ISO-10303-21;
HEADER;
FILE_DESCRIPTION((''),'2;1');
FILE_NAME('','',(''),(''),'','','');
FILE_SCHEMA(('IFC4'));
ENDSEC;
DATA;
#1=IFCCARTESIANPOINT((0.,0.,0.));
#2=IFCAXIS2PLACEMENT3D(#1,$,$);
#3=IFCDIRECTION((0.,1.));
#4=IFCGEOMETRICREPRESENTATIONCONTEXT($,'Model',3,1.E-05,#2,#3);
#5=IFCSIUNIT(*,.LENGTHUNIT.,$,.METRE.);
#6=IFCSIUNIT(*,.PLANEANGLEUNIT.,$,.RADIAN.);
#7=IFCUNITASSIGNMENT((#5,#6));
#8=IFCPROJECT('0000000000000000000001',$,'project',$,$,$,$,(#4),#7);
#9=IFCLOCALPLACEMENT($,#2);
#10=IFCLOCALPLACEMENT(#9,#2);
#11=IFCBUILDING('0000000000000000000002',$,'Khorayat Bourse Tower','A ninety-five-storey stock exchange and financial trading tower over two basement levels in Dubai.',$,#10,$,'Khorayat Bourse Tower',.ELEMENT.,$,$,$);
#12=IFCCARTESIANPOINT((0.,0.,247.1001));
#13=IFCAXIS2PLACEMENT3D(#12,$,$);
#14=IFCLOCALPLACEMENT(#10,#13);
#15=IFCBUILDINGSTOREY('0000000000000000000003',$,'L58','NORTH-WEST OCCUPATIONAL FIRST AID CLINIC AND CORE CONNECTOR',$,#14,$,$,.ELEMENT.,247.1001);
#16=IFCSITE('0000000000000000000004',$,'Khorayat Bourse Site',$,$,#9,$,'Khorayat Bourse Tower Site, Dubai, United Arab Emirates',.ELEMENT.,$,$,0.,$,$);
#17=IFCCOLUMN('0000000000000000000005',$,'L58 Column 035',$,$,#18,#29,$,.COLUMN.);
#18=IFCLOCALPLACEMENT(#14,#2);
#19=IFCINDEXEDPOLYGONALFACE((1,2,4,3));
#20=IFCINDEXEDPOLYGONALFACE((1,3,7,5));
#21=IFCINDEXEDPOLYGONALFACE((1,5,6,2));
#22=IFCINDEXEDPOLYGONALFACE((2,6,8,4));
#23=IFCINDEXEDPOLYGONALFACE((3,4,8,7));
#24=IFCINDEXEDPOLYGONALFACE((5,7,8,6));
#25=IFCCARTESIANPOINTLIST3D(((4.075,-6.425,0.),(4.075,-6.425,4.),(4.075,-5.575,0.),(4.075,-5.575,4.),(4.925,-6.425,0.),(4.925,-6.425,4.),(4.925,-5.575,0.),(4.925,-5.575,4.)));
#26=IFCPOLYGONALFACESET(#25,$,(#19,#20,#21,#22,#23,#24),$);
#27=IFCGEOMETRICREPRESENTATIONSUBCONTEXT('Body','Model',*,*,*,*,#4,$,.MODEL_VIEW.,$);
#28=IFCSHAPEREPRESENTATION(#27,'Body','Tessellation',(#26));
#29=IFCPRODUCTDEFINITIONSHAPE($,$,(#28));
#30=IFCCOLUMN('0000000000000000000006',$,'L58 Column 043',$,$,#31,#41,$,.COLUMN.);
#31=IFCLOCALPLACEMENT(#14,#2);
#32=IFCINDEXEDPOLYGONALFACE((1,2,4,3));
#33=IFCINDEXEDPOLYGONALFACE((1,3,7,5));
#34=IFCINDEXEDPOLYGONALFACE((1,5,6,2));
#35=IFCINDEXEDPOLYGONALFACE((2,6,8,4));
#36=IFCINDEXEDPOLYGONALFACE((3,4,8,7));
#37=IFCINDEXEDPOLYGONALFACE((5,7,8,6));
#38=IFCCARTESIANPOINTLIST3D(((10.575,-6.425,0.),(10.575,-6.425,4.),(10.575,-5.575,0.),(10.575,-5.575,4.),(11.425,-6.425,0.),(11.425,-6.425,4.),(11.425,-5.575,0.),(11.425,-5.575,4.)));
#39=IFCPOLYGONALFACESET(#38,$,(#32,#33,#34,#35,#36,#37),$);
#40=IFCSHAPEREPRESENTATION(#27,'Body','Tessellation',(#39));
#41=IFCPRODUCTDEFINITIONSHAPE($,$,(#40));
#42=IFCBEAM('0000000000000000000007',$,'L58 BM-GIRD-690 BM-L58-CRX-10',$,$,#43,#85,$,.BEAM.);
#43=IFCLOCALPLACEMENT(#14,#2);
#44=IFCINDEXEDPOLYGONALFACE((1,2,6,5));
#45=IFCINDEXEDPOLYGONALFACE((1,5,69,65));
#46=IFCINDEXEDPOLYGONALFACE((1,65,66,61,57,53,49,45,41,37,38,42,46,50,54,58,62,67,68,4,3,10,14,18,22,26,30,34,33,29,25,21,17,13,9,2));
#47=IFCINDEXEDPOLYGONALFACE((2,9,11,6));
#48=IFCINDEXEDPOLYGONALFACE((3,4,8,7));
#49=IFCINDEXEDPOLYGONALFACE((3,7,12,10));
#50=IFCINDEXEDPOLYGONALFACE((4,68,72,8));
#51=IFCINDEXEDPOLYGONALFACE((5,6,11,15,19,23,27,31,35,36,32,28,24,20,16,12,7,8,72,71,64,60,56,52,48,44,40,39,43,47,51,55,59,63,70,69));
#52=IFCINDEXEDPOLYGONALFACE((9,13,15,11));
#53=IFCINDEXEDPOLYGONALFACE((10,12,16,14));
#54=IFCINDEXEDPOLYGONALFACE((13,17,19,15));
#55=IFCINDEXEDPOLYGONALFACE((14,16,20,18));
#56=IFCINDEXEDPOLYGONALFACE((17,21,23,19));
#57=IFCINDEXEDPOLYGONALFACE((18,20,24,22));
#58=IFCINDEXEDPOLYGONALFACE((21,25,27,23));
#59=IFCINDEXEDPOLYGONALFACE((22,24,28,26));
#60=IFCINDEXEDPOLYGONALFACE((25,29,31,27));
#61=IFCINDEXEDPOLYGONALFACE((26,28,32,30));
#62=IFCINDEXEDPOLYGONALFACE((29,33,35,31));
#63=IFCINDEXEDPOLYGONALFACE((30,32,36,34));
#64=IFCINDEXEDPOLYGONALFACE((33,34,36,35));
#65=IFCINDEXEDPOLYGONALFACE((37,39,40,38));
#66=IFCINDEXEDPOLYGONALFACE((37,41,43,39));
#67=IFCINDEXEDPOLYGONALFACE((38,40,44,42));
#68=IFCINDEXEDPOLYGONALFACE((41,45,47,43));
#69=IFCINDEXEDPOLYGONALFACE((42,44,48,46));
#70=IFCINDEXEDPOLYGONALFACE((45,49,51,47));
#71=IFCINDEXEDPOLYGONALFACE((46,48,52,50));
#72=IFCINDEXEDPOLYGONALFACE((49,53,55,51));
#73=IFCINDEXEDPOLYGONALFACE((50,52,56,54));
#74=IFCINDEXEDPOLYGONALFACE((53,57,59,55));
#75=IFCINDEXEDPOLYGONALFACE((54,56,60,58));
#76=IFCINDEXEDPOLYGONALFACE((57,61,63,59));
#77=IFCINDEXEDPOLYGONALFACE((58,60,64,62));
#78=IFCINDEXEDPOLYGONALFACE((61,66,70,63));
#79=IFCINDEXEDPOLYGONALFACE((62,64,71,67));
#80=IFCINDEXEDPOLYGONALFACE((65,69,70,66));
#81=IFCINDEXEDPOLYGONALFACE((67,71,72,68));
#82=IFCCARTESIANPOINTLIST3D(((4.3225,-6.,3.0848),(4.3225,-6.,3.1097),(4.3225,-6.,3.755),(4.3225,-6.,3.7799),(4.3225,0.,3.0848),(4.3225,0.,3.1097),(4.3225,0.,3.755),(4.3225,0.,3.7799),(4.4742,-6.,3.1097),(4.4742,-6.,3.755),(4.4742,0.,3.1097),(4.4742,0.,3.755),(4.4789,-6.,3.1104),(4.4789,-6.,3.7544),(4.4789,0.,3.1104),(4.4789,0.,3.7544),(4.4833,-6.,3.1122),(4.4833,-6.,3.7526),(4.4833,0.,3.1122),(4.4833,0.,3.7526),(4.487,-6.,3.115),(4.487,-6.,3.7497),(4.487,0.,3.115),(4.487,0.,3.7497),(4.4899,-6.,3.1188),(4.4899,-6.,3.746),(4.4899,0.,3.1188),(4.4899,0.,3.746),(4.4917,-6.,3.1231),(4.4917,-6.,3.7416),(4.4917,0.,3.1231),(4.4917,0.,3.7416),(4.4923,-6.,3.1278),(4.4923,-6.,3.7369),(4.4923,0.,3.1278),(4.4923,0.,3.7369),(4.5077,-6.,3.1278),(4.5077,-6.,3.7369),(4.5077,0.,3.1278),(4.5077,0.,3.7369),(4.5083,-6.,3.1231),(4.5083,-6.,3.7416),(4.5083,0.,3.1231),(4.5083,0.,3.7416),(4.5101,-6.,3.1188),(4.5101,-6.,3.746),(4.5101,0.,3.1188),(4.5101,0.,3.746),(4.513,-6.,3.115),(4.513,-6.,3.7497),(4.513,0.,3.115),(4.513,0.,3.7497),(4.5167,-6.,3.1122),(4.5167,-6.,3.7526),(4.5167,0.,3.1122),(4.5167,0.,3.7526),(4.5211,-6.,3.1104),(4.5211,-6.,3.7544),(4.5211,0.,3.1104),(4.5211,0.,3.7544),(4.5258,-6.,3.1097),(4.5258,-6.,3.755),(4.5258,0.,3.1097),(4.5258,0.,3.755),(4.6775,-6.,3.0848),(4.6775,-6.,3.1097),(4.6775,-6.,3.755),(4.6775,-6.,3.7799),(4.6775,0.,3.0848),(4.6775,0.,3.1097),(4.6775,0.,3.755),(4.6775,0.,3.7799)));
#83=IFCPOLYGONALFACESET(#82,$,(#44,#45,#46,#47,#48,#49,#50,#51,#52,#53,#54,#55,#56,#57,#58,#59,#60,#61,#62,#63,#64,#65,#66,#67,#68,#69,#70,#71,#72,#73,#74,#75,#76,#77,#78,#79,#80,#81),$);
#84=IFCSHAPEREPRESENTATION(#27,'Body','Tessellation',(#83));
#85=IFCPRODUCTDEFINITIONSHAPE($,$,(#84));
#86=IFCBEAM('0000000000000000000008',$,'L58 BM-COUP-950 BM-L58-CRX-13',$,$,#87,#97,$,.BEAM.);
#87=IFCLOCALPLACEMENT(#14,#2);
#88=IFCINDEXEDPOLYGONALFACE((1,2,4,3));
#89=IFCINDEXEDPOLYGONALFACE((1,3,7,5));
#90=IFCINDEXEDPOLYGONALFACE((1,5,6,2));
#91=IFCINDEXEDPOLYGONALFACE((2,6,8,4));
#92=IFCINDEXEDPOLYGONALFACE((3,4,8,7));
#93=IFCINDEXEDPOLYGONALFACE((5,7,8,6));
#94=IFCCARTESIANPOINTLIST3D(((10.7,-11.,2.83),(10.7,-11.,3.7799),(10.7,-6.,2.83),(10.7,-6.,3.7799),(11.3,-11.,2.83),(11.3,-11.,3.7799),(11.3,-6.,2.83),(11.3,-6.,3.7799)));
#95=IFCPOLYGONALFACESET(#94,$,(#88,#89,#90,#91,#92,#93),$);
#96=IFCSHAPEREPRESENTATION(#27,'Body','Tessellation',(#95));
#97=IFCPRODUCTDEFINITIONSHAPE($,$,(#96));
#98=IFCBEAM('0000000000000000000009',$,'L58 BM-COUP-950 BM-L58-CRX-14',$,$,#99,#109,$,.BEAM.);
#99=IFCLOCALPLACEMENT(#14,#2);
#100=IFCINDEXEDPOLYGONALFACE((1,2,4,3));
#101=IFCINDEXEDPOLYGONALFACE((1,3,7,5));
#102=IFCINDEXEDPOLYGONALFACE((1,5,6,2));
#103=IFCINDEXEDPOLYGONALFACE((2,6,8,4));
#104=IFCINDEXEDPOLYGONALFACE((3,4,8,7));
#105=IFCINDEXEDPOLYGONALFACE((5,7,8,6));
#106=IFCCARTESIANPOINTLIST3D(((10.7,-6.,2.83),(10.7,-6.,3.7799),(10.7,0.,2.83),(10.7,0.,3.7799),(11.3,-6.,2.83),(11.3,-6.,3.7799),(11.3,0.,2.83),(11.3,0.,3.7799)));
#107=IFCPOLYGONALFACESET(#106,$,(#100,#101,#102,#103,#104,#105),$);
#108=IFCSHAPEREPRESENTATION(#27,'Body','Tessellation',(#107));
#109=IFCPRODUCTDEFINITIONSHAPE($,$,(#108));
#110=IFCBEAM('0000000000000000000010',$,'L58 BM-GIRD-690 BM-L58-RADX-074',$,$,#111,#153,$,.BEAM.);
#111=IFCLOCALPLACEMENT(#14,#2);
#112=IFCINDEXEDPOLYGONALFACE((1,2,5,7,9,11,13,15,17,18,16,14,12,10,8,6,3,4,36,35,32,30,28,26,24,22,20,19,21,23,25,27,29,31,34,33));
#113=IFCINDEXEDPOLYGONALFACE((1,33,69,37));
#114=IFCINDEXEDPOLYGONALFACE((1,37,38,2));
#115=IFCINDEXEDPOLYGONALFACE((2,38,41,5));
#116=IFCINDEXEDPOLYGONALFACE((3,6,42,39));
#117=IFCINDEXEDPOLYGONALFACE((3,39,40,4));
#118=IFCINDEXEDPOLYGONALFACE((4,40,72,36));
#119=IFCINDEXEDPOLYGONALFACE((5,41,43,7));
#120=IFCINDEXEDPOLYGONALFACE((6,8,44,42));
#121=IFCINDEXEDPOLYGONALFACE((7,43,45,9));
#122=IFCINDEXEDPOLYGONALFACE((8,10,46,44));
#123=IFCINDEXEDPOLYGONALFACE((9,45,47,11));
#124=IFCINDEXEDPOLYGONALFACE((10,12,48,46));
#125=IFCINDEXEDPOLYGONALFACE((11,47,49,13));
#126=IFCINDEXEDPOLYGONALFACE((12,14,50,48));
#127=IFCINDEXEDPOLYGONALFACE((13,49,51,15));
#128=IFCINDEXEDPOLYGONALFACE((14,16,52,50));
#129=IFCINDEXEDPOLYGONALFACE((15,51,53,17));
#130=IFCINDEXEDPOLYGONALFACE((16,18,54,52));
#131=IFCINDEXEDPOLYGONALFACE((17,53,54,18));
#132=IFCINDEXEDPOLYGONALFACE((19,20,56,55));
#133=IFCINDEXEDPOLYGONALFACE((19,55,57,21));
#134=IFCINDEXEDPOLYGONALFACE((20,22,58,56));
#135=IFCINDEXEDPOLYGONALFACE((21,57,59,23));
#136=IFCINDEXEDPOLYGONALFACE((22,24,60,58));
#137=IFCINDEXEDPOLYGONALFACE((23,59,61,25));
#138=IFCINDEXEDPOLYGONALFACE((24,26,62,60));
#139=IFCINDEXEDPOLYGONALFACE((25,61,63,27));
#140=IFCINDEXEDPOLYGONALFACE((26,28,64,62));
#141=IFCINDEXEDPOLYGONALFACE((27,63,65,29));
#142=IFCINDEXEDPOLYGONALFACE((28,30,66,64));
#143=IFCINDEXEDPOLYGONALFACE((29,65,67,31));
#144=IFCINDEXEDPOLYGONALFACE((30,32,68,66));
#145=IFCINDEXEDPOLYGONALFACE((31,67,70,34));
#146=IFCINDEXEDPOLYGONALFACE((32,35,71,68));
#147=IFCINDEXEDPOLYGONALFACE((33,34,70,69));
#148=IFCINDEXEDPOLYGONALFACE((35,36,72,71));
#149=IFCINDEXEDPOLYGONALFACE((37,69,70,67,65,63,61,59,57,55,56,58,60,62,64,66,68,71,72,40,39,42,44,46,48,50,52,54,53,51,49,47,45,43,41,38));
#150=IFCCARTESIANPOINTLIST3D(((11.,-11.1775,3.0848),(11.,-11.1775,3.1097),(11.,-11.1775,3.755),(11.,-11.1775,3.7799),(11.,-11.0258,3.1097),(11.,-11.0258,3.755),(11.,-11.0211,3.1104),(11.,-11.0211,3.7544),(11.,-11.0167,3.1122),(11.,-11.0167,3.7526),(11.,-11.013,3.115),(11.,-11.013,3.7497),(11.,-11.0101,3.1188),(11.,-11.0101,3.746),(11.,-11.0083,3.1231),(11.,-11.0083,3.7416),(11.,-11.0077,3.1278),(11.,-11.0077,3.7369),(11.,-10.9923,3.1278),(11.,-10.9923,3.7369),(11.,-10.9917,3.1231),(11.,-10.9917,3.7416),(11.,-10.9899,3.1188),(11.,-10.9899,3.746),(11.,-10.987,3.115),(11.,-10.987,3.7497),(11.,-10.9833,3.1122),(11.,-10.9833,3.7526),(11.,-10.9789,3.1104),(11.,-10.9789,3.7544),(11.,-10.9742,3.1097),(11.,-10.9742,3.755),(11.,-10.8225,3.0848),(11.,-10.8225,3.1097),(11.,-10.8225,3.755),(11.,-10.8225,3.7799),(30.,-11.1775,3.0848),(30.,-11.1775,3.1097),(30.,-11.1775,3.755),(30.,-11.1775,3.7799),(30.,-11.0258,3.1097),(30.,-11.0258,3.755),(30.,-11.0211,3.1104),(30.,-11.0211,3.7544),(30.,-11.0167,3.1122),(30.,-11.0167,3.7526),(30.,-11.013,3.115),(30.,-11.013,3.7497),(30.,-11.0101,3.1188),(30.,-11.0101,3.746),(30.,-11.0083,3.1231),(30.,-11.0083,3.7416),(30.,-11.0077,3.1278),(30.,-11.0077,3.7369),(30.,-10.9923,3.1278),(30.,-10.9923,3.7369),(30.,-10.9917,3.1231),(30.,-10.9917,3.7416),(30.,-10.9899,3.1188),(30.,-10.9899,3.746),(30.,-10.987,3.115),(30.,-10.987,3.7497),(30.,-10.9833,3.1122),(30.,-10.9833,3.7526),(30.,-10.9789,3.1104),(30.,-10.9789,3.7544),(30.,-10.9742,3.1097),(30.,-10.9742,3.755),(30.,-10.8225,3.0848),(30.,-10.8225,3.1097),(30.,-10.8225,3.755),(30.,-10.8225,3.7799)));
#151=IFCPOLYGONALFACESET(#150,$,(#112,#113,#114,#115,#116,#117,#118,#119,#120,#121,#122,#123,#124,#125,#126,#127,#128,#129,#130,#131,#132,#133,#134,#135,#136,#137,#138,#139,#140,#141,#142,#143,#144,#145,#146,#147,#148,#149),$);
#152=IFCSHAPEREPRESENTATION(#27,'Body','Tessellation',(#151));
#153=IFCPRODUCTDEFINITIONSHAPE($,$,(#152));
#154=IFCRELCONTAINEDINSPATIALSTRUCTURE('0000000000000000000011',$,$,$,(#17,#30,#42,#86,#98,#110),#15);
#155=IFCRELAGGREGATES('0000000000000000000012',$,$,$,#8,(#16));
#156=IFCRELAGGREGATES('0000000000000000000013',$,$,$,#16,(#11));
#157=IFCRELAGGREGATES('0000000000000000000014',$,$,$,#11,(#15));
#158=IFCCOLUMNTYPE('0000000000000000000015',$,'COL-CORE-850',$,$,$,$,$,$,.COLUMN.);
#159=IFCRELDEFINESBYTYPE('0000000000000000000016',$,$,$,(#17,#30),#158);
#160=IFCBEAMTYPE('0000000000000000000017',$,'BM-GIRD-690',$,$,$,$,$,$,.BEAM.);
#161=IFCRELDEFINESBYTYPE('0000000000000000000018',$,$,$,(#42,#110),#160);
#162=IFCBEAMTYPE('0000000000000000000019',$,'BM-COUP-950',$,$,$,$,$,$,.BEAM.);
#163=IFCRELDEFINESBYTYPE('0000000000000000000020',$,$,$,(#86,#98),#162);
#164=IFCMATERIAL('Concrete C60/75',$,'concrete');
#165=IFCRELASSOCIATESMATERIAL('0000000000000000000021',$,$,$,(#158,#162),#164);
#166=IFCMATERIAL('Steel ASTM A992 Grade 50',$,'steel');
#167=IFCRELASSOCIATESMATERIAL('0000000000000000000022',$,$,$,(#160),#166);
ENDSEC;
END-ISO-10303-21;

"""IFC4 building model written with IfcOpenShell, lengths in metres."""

from ifc_helpers import new_model, si_unit, direction, frame, origin, origin_2d, place, context, subcontext, project, spatial, rectangle, i_section, extrude, source, transform, mapped, material, material_profile, profile_set, type_object, element, save


model = new_model("IFC4")

# Units and contexts
model_context = context("Model", 3, precision=1e-05, world=origin(), true_north=direction((0.0, 1.0)))
body_context = subcontext(model_context, "Body", "Model", "MODEL_VIEW")
ifc_project = project(units=[si_unit("LENGTHUNIT", "METRE"), si_unit("PLANEANGLEUNIT", "RADIAN")], contexts=[model_context])

# Site, building, storey
site_placement = place(None, origin())
site = spatial("IfcSite", under=ifc_project, at=site_placement, Name="Khorayat Bourse Site", LongName="Khorayat Bourse Tower Site, Dubai, United Arab Emirates", CompositionType="ELEMENT", RefElevation=0.0)
building_placement = place(site_placement, origin())
building = spatial("IfcBuilding", under=site, at=building_placement, Name="Khorayat Bourse Tower", Description="A ninety-five-storey stock exchange and financial trading tower over two basement levels in Dubai.", LongName="Khorayat Bourse Tower", CompositionType="ELEMENT")
storey_placement = place(building_placement, frame((0.0, 0.0, 247.1001)))
storey = spatial("IfcBuildingStorey", under=building, at=storey_placement, Name="L58", Description="NORTH-WEST OCCUPATIONAL FIRST AID CLINIC AND CORE CONNECTOR", CompositionType="ELEMENT", Elevation=247.1001)

# Columns
ifc_material_1 = material(Name="Concrete C60/75", Category="concrete")
ifc_material_profile_1 = material_profile(ifc_material_1, rectangle(XDim=0.8501, YDim=0.8501, at=origin_2d()), Name="RC 850x850")
ifc_profile_set_1 = profile_set([ifc_material_profile_1], Name="Concrete C60/75")
column_type = type_object("IfcColumnType", Name="COL-CORE-850", PredefinedType="COLUMN", material=ifc_profile_set_1)
shared_shape_1 = source(origin(), body_context, "Body", "SweptSolid", [
    extrude(rectangle(XDim=0.8501, YDim=0.8501, at=origin_2d()), origin(), (0.0, 0.0, 1.0), 4.0),
])
for number, where, z_axis, x_axis, name in (
    (1, (4.5, -6.0, 0.0), (0.0, 0.0, 1.0), (1.0, 0.0, 0.0), "L58 Column 035"),
    (2, (11.0, -6.0, 0.0), (0.0, 0.0, 1.0), (1.0, 0.0, 0.0), "L58 Column 043"),
):
    element("IfcColumn", number, at=place(storey_placement, frame(where, z_axis=z_axis, x_axis=x_axis)), inside=storey, type_object=column_type, Name=name, PredefinedType="COLUMN", context=body_context, shape_type="MappedRepresentation", body=[
        mapped(shared_shape_1, transform((0.0, 0.0, 0.0), scale=1.0)),
    ])

# Beams
ifc_material_2 = material(Name="Steel ASTM A992 Grade 50", Category="steel")
ifc_material_profile_2 = material_profile(ifc_material_2, i_section(OverallWidth=0.355, OverallDepth=0.6951, WebThickness=0.0154, FlangeThickness=0.0249, FilletRadius=0.0181, at=origin_2d()), Name="W690X217")
ifc_profile_set_2 = profile_set([ifc_material_profile_2], Name="Steel ASTM A992 Grade 50")
beam_type_1 = type_object("IfcBeamType", Name="BM-GIRD-690", PredefinedType="BEAM", material=ifc_profile_set_2)
shared_shape_2 = source(origin(), body_context, "Body", "SweptSolid", [
    extrude(i_section(OverallWidth=0.355, OverallDepth=0.6951, WebThickness=0.0154, FlangeThickness=0.0249, FilletRadius=0.0181, at=origin_2d()), origin(), (0.0, 0.0, 1.0), 6.0),
])
beam_1_placement = place(storey_placement, frame((4.5, -6.0, 3.4324), z_axis=(0.0, 1.0, 0.0), x_axis=(-1.0, 0.0, 0.0)))
element("IfcBeam", 3, at=beam_1_placement, inside=storey, type_object=beam_type_1, Name="L58 BM-GIRD-690 BM-L58-CRX-10", PredefinedType="BEAM", context=body_context, shape_type="MappedRepresentation", body=[
    mapped(shared_shape_2, transform((0.0, 0.0, 0.0), scale=1.0)),
])
ifc_material_profile_3 = material_profile(ifc_material_1, rectangle(XDim=0.6001, YDim=0.95, at=origin_2d()), Name="RC 600x950")
ifc_profile_set_3 = profile_set([ifc_material_profile_3], Name="Concrete C60/75")
beam_type_2 = type_object("IfcBeamType", Name="BM-COUP-950", PredefinedType="BEAM", material=ifc_profile_set_3)
shared_shape_3 = source(origin(), body_context, "Body", "SweptSolid", [
    extrude(rectangle(XDim=0.6001, YDim=0.95, at=origin_2d()), origin(), (0.0, 0.0, 1.0), 5.0),
])
beam_2_placement = place(storey_placement, frame((11.0, -11.0, 3.3049), z_axis=(0.0, 1.0, 0.0), x_axis=(-1.0, 0.0, 0.0)))
element("IfcBeam", 4, at=beam_2_placement, inside=storey, type_object=beam_type_2, Name="L58 BM-COUP-950 BM-L58-CRX-13", PredefinedType="BEAM", context=body_context, shape_type="MappedRepresentation", body=[
    mapped(shared_shape_3, transform((0.0, 0.0, 0.0), scale=1.0)),
])
shared_shape_4 = source(origin(), body_context, "Body", "SweptSolid", [
    extrude(rectangle(XDim=0.6001, YDim=0.95, at=origin_2d()), origin(), (0.0, 0.0, 1.0), 6.0),
])
beam_3_placement = place(storey_placement, frame((11.0, -6.0, 3.3049), z_axis=(0.0, 1.0, 0.0), x_axis=(-1.0, 0.0, 0.0)))
element("IfcBeam", 5, at=beam_3_placement, inside=storey, type_object=beam_type_2, Name="L58 BM-COUP-950 BM-L58-CRX-14", PredefinedType="BEAM", context=body_context, shape_type="MappedRepresentation", body=[
    mapped(shared_shape_4, transform((0.0, 0.0, 0.0), scale=1.0)),
])
shared_shape_5 = source(origin(), body_context, "Body", "SweptSolid", [
    extrude(i_section(OverallWidth=0.355, OverallDepth=0.6951, WebThickness=0.0154, FlangeThickness=0.0249, FilletRadius=0.0181, at=origin_2d()), origin(), (0.0, 0.0, 1.0), 19.0),
])
for number, where, z_axis, x_axis, name in (
    (6, (11.0, -11.0, 3.4324), (1.0, 0.0, 0.0), (0.0, 1.0, 0.0), "L58 BM-GIRD-690 BM-L58-RADX-074"),
):
    element("IfcBeam", number, at=place(storey_placement, frame(where, z_axis=z_axis, x_axis=x_axis)), inside=storey, type_object=beam_type_1, Name=name, PredefinedType="BEAM", context=body_context, shape_type="MappedRepresentation", body=[
        mapped(shared_shape_5, transform((0.0, 0.0, 0.0), scale=1.0)),
    ])

save(model, "model.ifc")
